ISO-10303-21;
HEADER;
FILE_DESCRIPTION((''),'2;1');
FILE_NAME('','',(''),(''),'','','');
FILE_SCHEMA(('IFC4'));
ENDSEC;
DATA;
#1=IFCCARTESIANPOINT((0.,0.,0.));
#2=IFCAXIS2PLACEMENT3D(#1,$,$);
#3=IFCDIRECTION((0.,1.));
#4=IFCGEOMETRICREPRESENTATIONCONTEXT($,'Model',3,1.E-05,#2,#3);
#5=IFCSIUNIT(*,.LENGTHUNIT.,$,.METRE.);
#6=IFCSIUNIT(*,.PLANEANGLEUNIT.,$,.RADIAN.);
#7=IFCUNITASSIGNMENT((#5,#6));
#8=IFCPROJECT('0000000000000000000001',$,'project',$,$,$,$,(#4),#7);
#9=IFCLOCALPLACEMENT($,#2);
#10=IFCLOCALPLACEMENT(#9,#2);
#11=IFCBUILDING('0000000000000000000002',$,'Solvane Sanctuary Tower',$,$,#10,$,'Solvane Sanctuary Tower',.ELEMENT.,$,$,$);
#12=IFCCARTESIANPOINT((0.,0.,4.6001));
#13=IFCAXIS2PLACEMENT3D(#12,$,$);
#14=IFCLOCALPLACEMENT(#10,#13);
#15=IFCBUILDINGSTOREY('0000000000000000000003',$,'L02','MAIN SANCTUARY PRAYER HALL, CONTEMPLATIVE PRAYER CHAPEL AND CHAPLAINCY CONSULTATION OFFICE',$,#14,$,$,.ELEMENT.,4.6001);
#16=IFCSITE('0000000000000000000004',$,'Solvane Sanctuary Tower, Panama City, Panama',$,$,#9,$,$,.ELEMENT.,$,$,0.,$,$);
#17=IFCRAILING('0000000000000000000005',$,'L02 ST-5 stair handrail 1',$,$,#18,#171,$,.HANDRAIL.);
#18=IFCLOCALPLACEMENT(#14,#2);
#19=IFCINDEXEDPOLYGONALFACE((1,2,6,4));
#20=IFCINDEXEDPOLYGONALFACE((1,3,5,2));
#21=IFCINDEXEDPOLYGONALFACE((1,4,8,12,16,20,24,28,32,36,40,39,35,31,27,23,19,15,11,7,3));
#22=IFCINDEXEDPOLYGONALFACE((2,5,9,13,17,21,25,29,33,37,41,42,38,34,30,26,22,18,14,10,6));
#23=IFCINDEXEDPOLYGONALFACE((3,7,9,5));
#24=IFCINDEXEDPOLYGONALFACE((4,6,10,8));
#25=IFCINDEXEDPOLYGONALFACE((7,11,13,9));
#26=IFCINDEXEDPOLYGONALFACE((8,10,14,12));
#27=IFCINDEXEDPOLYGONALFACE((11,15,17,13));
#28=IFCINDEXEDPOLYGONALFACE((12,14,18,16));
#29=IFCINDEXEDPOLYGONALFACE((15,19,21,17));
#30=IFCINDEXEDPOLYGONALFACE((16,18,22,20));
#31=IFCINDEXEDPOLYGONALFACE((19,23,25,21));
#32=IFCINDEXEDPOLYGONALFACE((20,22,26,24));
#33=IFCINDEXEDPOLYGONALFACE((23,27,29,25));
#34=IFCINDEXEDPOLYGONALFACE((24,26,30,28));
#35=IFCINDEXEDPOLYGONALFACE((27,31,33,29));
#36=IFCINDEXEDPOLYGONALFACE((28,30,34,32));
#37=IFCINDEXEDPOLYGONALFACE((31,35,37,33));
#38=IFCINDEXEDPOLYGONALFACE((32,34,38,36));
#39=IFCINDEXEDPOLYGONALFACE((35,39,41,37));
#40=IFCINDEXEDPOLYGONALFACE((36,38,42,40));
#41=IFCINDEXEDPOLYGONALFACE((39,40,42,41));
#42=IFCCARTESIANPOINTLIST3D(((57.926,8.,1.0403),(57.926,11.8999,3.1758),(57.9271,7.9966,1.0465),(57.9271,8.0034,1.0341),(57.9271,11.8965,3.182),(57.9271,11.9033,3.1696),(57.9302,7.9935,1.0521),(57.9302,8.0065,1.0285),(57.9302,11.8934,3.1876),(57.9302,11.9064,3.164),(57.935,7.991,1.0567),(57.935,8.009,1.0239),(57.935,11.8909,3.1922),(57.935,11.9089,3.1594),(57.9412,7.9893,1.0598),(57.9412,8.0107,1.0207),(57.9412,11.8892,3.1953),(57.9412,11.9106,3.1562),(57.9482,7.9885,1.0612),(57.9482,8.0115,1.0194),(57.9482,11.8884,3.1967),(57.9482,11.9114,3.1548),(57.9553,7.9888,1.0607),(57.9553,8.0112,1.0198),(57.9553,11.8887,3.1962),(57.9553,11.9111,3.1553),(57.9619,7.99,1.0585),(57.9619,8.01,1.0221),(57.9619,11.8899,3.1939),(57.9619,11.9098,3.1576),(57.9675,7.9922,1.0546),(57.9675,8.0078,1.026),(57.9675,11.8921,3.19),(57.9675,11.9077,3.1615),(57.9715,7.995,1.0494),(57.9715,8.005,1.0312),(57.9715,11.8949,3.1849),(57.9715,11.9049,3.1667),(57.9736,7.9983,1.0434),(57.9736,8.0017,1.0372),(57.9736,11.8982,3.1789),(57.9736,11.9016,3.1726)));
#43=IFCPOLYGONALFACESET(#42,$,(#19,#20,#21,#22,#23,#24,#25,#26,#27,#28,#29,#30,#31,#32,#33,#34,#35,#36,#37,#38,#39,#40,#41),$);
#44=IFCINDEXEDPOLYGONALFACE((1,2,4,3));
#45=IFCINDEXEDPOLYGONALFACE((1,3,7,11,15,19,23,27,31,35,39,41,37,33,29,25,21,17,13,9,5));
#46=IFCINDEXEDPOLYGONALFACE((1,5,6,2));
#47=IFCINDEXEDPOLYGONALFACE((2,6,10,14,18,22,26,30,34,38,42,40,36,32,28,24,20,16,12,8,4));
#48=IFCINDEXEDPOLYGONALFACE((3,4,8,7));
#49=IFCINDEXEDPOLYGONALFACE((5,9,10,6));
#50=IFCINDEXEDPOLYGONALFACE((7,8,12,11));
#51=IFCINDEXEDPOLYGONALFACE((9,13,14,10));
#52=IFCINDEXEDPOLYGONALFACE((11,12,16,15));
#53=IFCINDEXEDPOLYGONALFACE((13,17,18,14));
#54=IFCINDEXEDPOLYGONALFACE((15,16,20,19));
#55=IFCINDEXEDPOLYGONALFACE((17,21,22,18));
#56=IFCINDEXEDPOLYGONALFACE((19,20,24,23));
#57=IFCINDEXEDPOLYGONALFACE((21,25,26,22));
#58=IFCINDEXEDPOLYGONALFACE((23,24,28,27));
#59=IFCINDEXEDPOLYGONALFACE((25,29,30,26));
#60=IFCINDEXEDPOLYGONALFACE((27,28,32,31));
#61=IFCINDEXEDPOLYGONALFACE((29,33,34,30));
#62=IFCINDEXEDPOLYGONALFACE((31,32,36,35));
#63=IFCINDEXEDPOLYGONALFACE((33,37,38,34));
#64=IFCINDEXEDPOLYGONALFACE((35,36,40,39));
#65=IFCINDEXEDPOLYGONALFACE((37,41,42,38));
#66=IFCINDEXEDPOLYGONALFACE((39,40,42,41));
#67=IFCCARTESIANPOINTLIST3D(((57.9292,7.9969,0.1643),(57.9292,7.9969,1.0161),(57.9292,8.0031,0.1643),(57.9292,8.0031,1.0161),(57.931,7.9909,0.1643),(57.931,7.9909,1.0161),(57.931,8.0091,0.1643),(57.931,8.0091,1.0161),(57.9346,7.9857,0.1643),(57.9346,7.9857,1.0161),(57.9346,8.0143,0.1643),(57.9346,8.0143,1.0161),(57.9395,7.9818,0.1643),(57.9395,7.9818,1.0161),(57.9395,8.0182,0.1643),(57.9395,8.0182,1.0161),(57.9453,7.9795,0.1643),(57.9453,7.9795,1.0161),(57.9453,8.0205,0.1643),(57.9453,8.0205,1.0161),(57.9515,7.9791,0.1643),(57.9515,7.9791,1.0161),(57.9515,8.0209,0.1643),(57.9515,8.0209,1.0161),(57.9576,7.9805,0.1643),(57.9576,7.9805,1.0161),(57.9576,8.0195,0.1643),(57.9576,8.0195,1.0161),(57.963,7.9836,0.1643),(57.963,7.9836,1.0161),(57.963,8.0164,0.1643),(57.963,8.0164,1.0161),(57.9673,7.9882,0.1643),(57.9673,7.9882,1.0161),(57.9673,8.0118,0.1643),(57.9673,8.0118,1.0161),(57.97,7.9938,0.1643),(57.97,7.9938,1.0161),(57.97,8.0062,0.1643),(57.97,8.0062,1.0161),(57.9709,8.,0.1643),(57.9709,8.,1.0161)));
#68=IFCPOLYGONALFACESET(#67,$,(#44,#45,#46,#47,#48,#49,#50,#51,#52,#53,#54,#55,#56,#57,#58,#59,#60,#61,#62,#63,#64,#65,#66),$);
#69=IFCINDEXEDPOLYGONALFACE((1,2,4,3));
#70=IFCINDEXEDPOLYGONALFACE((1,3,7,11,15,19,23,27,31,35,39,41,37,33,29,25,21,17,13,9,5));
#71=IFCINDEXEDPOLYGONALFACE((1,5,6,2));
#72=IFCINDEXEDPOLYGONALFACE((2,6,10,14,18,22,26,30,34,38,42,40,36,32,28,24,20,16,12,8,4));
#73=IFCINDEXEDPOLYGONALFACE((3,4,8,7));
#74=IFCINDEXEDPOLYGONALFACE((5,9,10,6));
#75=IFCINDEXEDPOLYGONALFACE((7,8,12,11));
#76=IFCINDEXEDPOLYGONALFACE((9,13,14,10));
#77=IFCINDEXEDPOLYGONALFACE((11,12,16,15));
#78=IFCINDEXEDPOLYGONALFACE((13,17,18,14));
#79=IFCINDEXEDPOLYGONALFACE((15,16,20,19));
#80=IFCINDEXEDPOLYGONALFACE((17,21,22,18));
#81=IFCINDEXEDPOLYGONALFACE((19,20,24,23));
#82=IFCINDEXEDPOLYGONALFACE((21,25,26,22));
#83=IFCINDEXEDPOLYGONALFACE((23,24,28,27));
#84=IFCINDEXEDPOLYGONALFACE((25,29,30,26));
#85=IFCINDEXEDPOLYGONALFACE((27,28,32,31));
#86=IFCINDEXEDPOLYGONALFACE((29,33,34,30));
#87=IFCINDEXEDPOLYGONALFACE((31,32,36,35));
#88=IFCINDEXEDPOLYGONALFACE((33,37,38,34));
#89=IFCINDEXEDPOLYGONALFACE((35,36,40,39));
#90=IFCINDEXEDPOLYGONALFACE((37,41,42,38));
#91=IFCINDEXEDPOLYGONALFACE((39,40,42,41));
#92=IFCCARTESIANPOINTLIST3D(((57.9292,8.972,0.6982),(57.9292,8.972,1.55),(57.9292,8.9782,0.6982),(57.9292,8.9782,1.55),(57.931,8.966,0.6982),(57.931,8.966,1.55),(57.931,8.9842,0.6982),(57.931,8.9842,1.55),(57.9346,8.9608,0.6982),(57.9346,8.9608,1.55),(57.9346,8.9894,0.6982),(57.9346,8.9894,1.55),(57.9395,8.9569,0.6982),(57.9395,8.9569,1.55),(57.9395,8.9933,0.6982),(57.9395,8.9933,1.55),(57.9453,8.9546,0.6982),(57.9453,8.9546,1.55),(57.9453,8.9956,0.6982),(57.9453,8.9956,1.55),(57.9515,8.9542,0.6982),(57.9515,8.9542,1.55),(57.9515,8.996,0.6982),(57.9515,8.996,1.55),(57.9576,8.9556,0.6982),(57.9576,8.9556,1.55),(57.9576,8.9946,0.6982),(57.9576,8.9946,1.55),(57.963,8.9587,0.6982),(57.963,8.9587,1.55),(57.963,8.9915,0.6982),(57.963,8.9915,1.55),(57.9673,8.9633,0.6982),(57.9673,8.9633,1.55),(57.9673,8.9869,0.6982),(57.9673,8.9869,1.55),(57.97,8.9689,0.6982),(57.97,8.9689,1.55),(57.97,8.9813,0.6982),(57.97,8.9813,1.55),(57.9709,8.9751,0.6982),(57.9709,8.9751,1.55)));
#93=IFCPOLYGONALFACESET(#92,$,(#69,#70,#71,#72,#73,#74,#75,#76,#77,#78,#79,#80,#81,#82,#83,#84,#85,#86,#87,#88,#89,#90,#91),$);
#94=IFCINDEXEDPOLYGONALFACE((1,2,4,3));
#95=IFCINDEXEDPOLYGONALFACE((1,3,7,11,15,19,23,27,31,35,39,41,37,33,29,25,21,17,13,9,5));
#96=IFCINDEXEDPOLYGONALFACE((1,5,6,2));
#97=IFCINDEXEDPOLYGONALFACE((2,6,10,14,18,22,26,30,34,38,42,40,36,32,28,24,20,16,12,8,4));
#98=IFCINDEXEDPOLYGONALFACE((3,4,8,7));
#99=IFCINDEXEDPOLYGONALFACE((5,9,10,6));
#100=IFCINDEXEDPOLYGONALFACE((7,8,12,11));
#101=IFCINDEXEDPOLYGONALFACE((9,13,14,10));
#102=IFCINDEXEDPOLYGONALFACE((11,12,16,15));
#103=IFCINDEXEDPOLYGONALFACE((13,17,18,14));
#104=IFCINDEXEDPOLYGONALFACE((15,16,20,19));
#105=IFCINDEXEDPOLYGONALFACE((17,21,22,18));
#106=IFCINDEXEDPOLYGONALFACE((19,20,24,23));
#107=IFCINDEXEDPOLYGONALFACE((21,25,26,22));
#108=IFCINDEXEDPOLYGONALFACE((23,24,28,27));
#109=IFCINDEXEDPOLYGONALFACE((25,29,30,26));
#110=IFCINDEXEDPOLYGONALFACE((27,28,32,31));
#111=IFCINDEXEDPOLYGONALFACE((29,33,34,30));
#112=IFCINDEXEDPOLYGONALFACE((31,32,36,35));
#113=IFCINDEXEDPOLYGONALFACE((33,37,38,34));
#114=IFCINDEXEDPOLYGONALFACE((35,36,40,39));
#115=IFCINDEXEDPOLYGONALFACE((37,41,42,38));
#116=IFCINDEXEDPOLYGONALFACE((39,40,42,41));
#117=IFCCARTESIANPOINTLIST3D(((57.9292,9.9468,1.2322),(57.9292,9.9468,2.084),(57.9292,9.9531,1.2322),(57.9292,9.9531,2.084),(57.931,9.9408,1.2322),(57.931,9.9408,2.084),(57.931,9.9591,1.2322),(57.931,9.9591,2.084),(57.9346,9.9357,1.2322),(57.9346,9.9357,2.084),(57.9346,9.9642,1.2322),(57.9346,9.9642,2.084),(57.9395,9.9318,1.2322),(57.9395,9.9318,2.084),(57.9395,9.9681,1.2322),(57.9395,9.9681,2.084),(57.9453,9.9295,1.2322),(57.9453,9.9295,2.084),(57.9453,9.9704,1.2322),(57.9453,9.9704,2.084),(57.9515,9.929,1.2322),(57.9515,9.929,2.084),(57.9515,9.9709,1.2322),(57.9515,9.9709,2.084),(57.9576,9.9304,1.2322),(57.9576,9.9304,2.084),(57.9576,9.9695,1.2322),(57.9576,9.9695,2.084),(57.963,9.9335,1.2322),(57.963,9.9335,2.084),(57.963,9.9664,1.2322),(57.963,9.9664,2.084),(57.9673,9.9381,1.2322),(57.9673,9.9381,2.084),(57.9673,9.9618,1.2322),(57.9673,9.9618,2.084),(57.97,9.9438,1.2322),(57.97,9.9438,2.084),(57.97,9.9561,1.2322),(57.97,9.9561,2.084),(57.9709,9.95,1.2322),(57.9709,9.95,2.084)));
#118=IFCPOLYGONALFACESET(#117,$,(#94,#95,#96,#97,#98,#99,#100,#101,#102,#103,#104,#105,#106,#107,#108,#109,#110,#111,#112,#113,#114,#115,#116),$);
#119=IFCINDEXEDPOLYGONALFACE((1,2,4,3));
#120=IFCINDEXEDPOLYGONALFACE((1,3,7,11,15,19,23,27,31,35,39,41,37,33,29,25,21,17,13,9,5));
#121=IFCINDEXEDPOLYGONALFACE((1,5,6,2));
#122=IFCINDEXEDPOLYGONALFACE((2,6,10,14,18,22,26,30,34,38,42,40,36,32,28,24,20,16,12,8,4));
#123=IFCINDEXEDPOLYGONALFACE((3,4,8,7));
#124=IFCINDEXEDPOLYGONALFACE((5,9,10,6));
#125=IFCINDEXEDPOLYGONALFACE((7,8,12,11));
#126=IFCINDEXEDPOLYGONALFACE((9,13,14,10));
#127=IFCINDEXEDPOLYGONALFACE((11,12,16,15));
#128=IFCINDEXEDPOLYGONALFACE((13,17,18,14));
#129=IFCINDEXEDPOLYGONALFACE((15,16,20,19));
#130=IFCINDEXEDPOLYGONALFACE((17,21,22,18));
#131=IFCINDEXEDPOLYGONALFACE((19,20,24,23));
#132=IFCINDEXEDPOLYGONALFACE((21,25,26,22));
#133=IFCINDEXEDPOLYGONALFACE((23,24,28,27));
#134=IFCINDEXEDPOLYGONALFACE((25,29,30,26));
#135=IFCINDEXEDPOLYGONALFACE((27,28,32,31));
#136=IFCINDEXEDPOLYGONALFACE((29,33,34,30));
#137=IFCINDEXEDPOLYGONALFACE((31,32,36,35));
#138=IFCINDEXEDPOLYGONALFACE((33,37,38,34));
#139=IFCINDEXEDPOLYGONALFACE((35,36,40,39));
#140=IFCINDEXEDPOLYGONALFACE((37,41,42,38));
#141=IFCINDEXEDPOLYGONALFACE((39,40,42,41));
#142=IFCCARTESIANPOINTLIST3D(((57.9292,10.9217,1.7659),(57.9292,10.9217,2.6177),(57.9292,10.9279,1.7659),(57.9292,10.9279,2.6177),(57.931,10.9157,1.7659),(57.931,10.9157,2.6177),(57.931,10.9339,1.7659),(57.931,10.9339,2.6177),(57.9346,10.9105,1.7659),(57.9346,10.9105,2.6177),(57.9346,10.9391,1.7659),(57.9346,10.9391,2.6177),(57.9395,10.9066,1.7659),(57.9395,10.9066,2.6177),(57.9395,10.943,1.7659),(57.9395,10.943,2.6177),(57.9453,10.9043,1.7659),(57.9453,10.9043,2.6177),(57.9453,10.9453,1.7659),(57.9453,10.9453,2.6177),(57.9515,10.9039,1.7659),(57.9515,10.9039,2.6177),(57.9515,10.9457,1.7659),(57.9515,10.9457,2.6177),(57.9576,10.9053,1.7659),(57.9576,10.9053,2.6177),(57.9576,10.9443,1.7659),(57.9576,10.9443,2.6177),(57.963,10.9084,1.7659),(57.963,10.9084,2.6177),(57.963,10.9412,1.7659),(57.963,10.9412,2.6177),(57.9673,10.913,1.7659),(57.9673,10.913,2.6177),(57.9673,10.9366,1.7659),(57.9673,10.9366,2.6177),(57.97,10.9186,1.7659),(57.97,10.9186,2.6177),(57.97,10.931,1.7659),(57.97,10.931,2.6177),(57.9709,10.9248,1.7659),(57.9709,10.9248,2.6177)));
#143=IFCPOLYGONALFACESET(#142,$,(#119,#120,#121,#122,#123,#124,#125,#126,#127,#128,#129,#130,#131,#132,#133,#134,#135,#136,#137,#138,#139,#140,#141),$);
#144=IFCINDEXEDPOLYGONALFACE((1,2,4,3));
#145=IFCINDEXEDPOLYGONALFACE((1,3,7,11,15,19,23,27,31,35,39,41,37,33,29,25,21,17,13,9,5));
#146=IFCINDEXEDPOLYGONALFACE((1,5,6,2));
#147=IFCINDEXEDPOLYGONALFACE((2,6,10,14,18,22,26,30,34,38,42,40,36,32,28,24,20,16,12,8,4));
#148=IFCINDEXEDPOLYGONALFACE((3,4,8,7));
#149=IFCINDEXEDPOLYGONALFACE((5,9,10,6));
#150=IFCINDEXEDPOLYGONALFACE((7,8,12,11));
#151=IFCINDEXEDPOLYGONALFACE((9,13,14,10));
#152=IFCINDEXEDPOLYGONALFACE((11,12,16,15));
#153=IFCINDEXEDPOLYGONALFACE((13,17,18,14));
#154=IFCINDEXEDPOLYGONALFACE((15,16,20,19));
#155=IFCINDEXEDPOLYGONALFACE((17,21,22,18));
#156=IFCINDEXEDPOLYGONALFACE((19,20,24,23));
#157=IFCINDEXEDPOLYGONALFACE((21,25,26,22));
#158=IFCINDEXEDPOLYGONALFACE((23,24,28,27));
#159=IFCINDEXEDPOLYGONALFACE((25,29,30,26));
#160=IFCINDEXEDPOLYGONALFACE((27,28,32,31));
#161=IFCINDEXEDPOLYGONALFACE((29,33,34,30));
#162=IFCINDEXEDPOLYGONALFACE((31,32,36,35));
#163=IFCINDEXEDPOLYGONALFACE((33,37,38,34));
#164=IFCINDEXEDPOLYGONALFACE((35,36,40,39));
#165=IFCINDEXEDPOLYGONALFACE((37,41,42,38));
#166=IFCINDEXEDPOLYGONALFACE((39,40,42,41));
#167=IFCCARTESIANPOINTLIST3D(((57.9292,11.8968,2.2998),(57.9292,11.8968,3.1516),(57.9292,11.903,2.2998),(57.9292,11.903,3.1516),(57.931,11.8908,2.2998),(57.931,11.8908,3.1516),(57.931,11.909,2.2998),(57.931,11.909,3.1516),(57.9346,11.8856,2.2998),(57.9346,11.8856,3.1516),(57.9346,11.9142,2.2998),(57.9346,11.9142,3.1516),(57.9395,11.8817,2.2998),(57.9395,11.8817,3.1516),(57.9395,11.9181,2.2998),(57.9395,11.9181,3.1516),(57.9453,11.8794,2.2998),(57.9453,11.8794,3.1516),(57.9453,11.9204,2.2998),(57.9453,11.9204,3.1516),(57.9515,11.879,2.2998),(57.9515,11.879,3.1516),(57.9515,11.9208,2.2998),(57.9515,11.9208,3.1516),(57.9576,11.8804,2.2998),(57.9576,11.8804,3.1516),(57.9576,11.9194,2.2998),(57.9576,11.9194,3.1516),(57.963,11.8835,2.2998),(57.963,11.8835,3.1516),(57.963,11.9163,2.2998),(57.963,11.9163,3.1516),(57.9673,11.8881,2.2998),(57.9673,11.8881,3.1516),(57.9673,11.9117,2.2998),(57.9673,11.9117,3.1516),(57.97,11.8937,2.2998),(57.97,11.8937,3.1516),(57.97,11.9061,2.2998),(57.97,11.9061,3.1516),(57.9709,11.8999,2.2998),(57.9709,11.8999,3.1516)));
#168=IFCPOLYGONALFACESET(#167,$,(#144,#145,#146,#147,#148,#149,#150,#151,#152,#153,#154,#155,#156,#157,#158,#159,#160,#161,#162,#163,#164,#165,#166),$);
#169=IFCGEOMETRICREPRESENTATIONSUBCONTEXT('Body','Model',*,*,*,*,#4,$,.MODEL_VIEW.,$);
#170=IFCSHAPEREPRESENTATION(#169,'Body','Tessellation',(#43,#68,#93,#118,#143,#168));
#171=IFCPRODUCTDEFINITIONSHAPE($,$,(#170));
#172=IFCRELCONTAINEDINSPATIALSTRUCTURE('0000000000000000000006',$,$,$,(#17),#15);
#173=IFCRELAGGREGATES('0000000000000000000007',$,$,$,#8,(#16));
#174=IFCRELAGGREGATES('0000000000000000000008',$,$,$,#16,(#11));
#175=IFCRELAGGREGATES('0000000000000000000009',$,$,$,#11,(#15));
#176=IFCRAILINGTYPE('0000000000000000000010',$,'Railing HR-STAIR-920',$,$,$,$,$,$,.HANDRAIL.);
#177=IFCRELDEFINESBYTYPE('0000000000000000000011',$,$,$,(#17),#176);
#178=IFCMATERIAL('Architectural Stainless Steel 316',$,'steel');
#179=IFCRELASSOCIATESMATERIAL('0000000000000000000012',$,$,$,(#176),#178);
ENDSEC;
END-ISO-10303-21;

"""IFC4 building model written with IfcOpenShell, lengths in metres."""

from ifc_helpers import new_model, si_unit, direction, frame, origin, origin_2d, place, context, subcontext, project, spatial, circle, extrude, material, type_object, element, save


model = new_model("IFC4")

# Units and contexts
model_context = context("Model", 3, precision=1e-05, world=origin(), true_north=direction((0.0, 1.0)))
body_context = subcontext(model_context, "Body", "Model", "MODEL_VIEW")
ifc_project = project(units=[si_unit("LENGTHUNIT", "METRE"), si_unit("PLANEANGLEUNIT", "RADIAN")], contexts=[model_context])

# Site, building, storey
site_placement = place(None, origin())
site = spatial("IfcSite", under=ifc_project, at=site_placement, Name="Solvane Sanctuary Tower, Panama City, Panama", CompositionType="ELEMENT", RefElevation=0.0)
building_placement = place(site_placement, origin())
building = spatial("IfcBuilding", under=site, at=building_placement, Name="Solvane Sanctuary Tower", LongName="Solvane Sanctuary Tower", CompositionType="ELEMENT")
storey_placement = place(building_placement, frame((0.0, 0.0, 4.6001)))
storey = spatial("IfcBuildingStorey", under=building, at=storey_placement, Name="L02", Description="MAIN SANCTUARY PRAYER HALL, CONTEMPLATIVE PRAYER CHAPEL AND CHAPLAINCY CONSULTATION OFFICE", CompositionType="ELEMENT", Elevation=4.6001)

# Shared definitions
ifc_material_1 = material(Name="Architectural Stainless Steel 316", Category="steel")

# Railing
railing_type_1 = type_object("IfcRailingType", Name="Railing HR-STAIR-920", PredefinedType="HANDRAIL", material=ifc_material_1)
railing_1_placement = place(storey_placement, frame((57.95, 8.0, 0.1643)))
element("IfcRailing", 1, at=railing_1_placement, inside=storey, type_object=railing_type_1, Name="L02 ST-5 stair handrail 1", PredefinedType="HANDRAIL", context=body_context, shape_type="SweptSolid", body=[
    extrude(circle(Radius=0.0239, at=origin_2d()), frame((0.0, 0.0, 0.876), z_axis=(0.0, 0.877112, 0.480286), x_axis=(-1.0, 0.0, 0.0)), (0.0, 0.0, 1.0), 4.4463),
    extrude(circle(Radius=0.021, at=origin_2d()), origin(), (0.0, 0.0, 1.0), 0.8518),
    extrude(circle(Radius=0.021, at=origin_2d()), frame((0.0, 0.9751, 0.5339)), (0.0, 0.0, 1.0), 0.8518),
    extrude(circle(Radius=0.021, at=origin_2d()), frame((0.0, 1.95, 1.0679)), (0.0, 0.0, 1.0), 0.8518),
    extrude(circle(Radius=0.021, at=origin_2d()), frame((0.0, 2.9248, 1.6016)), (0.0, 0.0, 1.0), 0.8518),
    extrude(circle(Radius=0.021, at=origin_2d()), frame((0.0, 3.8999, 2.1355)), (0.0, 0.0, 1.0), 0.8518),
])

save(model, "model.ifc")
